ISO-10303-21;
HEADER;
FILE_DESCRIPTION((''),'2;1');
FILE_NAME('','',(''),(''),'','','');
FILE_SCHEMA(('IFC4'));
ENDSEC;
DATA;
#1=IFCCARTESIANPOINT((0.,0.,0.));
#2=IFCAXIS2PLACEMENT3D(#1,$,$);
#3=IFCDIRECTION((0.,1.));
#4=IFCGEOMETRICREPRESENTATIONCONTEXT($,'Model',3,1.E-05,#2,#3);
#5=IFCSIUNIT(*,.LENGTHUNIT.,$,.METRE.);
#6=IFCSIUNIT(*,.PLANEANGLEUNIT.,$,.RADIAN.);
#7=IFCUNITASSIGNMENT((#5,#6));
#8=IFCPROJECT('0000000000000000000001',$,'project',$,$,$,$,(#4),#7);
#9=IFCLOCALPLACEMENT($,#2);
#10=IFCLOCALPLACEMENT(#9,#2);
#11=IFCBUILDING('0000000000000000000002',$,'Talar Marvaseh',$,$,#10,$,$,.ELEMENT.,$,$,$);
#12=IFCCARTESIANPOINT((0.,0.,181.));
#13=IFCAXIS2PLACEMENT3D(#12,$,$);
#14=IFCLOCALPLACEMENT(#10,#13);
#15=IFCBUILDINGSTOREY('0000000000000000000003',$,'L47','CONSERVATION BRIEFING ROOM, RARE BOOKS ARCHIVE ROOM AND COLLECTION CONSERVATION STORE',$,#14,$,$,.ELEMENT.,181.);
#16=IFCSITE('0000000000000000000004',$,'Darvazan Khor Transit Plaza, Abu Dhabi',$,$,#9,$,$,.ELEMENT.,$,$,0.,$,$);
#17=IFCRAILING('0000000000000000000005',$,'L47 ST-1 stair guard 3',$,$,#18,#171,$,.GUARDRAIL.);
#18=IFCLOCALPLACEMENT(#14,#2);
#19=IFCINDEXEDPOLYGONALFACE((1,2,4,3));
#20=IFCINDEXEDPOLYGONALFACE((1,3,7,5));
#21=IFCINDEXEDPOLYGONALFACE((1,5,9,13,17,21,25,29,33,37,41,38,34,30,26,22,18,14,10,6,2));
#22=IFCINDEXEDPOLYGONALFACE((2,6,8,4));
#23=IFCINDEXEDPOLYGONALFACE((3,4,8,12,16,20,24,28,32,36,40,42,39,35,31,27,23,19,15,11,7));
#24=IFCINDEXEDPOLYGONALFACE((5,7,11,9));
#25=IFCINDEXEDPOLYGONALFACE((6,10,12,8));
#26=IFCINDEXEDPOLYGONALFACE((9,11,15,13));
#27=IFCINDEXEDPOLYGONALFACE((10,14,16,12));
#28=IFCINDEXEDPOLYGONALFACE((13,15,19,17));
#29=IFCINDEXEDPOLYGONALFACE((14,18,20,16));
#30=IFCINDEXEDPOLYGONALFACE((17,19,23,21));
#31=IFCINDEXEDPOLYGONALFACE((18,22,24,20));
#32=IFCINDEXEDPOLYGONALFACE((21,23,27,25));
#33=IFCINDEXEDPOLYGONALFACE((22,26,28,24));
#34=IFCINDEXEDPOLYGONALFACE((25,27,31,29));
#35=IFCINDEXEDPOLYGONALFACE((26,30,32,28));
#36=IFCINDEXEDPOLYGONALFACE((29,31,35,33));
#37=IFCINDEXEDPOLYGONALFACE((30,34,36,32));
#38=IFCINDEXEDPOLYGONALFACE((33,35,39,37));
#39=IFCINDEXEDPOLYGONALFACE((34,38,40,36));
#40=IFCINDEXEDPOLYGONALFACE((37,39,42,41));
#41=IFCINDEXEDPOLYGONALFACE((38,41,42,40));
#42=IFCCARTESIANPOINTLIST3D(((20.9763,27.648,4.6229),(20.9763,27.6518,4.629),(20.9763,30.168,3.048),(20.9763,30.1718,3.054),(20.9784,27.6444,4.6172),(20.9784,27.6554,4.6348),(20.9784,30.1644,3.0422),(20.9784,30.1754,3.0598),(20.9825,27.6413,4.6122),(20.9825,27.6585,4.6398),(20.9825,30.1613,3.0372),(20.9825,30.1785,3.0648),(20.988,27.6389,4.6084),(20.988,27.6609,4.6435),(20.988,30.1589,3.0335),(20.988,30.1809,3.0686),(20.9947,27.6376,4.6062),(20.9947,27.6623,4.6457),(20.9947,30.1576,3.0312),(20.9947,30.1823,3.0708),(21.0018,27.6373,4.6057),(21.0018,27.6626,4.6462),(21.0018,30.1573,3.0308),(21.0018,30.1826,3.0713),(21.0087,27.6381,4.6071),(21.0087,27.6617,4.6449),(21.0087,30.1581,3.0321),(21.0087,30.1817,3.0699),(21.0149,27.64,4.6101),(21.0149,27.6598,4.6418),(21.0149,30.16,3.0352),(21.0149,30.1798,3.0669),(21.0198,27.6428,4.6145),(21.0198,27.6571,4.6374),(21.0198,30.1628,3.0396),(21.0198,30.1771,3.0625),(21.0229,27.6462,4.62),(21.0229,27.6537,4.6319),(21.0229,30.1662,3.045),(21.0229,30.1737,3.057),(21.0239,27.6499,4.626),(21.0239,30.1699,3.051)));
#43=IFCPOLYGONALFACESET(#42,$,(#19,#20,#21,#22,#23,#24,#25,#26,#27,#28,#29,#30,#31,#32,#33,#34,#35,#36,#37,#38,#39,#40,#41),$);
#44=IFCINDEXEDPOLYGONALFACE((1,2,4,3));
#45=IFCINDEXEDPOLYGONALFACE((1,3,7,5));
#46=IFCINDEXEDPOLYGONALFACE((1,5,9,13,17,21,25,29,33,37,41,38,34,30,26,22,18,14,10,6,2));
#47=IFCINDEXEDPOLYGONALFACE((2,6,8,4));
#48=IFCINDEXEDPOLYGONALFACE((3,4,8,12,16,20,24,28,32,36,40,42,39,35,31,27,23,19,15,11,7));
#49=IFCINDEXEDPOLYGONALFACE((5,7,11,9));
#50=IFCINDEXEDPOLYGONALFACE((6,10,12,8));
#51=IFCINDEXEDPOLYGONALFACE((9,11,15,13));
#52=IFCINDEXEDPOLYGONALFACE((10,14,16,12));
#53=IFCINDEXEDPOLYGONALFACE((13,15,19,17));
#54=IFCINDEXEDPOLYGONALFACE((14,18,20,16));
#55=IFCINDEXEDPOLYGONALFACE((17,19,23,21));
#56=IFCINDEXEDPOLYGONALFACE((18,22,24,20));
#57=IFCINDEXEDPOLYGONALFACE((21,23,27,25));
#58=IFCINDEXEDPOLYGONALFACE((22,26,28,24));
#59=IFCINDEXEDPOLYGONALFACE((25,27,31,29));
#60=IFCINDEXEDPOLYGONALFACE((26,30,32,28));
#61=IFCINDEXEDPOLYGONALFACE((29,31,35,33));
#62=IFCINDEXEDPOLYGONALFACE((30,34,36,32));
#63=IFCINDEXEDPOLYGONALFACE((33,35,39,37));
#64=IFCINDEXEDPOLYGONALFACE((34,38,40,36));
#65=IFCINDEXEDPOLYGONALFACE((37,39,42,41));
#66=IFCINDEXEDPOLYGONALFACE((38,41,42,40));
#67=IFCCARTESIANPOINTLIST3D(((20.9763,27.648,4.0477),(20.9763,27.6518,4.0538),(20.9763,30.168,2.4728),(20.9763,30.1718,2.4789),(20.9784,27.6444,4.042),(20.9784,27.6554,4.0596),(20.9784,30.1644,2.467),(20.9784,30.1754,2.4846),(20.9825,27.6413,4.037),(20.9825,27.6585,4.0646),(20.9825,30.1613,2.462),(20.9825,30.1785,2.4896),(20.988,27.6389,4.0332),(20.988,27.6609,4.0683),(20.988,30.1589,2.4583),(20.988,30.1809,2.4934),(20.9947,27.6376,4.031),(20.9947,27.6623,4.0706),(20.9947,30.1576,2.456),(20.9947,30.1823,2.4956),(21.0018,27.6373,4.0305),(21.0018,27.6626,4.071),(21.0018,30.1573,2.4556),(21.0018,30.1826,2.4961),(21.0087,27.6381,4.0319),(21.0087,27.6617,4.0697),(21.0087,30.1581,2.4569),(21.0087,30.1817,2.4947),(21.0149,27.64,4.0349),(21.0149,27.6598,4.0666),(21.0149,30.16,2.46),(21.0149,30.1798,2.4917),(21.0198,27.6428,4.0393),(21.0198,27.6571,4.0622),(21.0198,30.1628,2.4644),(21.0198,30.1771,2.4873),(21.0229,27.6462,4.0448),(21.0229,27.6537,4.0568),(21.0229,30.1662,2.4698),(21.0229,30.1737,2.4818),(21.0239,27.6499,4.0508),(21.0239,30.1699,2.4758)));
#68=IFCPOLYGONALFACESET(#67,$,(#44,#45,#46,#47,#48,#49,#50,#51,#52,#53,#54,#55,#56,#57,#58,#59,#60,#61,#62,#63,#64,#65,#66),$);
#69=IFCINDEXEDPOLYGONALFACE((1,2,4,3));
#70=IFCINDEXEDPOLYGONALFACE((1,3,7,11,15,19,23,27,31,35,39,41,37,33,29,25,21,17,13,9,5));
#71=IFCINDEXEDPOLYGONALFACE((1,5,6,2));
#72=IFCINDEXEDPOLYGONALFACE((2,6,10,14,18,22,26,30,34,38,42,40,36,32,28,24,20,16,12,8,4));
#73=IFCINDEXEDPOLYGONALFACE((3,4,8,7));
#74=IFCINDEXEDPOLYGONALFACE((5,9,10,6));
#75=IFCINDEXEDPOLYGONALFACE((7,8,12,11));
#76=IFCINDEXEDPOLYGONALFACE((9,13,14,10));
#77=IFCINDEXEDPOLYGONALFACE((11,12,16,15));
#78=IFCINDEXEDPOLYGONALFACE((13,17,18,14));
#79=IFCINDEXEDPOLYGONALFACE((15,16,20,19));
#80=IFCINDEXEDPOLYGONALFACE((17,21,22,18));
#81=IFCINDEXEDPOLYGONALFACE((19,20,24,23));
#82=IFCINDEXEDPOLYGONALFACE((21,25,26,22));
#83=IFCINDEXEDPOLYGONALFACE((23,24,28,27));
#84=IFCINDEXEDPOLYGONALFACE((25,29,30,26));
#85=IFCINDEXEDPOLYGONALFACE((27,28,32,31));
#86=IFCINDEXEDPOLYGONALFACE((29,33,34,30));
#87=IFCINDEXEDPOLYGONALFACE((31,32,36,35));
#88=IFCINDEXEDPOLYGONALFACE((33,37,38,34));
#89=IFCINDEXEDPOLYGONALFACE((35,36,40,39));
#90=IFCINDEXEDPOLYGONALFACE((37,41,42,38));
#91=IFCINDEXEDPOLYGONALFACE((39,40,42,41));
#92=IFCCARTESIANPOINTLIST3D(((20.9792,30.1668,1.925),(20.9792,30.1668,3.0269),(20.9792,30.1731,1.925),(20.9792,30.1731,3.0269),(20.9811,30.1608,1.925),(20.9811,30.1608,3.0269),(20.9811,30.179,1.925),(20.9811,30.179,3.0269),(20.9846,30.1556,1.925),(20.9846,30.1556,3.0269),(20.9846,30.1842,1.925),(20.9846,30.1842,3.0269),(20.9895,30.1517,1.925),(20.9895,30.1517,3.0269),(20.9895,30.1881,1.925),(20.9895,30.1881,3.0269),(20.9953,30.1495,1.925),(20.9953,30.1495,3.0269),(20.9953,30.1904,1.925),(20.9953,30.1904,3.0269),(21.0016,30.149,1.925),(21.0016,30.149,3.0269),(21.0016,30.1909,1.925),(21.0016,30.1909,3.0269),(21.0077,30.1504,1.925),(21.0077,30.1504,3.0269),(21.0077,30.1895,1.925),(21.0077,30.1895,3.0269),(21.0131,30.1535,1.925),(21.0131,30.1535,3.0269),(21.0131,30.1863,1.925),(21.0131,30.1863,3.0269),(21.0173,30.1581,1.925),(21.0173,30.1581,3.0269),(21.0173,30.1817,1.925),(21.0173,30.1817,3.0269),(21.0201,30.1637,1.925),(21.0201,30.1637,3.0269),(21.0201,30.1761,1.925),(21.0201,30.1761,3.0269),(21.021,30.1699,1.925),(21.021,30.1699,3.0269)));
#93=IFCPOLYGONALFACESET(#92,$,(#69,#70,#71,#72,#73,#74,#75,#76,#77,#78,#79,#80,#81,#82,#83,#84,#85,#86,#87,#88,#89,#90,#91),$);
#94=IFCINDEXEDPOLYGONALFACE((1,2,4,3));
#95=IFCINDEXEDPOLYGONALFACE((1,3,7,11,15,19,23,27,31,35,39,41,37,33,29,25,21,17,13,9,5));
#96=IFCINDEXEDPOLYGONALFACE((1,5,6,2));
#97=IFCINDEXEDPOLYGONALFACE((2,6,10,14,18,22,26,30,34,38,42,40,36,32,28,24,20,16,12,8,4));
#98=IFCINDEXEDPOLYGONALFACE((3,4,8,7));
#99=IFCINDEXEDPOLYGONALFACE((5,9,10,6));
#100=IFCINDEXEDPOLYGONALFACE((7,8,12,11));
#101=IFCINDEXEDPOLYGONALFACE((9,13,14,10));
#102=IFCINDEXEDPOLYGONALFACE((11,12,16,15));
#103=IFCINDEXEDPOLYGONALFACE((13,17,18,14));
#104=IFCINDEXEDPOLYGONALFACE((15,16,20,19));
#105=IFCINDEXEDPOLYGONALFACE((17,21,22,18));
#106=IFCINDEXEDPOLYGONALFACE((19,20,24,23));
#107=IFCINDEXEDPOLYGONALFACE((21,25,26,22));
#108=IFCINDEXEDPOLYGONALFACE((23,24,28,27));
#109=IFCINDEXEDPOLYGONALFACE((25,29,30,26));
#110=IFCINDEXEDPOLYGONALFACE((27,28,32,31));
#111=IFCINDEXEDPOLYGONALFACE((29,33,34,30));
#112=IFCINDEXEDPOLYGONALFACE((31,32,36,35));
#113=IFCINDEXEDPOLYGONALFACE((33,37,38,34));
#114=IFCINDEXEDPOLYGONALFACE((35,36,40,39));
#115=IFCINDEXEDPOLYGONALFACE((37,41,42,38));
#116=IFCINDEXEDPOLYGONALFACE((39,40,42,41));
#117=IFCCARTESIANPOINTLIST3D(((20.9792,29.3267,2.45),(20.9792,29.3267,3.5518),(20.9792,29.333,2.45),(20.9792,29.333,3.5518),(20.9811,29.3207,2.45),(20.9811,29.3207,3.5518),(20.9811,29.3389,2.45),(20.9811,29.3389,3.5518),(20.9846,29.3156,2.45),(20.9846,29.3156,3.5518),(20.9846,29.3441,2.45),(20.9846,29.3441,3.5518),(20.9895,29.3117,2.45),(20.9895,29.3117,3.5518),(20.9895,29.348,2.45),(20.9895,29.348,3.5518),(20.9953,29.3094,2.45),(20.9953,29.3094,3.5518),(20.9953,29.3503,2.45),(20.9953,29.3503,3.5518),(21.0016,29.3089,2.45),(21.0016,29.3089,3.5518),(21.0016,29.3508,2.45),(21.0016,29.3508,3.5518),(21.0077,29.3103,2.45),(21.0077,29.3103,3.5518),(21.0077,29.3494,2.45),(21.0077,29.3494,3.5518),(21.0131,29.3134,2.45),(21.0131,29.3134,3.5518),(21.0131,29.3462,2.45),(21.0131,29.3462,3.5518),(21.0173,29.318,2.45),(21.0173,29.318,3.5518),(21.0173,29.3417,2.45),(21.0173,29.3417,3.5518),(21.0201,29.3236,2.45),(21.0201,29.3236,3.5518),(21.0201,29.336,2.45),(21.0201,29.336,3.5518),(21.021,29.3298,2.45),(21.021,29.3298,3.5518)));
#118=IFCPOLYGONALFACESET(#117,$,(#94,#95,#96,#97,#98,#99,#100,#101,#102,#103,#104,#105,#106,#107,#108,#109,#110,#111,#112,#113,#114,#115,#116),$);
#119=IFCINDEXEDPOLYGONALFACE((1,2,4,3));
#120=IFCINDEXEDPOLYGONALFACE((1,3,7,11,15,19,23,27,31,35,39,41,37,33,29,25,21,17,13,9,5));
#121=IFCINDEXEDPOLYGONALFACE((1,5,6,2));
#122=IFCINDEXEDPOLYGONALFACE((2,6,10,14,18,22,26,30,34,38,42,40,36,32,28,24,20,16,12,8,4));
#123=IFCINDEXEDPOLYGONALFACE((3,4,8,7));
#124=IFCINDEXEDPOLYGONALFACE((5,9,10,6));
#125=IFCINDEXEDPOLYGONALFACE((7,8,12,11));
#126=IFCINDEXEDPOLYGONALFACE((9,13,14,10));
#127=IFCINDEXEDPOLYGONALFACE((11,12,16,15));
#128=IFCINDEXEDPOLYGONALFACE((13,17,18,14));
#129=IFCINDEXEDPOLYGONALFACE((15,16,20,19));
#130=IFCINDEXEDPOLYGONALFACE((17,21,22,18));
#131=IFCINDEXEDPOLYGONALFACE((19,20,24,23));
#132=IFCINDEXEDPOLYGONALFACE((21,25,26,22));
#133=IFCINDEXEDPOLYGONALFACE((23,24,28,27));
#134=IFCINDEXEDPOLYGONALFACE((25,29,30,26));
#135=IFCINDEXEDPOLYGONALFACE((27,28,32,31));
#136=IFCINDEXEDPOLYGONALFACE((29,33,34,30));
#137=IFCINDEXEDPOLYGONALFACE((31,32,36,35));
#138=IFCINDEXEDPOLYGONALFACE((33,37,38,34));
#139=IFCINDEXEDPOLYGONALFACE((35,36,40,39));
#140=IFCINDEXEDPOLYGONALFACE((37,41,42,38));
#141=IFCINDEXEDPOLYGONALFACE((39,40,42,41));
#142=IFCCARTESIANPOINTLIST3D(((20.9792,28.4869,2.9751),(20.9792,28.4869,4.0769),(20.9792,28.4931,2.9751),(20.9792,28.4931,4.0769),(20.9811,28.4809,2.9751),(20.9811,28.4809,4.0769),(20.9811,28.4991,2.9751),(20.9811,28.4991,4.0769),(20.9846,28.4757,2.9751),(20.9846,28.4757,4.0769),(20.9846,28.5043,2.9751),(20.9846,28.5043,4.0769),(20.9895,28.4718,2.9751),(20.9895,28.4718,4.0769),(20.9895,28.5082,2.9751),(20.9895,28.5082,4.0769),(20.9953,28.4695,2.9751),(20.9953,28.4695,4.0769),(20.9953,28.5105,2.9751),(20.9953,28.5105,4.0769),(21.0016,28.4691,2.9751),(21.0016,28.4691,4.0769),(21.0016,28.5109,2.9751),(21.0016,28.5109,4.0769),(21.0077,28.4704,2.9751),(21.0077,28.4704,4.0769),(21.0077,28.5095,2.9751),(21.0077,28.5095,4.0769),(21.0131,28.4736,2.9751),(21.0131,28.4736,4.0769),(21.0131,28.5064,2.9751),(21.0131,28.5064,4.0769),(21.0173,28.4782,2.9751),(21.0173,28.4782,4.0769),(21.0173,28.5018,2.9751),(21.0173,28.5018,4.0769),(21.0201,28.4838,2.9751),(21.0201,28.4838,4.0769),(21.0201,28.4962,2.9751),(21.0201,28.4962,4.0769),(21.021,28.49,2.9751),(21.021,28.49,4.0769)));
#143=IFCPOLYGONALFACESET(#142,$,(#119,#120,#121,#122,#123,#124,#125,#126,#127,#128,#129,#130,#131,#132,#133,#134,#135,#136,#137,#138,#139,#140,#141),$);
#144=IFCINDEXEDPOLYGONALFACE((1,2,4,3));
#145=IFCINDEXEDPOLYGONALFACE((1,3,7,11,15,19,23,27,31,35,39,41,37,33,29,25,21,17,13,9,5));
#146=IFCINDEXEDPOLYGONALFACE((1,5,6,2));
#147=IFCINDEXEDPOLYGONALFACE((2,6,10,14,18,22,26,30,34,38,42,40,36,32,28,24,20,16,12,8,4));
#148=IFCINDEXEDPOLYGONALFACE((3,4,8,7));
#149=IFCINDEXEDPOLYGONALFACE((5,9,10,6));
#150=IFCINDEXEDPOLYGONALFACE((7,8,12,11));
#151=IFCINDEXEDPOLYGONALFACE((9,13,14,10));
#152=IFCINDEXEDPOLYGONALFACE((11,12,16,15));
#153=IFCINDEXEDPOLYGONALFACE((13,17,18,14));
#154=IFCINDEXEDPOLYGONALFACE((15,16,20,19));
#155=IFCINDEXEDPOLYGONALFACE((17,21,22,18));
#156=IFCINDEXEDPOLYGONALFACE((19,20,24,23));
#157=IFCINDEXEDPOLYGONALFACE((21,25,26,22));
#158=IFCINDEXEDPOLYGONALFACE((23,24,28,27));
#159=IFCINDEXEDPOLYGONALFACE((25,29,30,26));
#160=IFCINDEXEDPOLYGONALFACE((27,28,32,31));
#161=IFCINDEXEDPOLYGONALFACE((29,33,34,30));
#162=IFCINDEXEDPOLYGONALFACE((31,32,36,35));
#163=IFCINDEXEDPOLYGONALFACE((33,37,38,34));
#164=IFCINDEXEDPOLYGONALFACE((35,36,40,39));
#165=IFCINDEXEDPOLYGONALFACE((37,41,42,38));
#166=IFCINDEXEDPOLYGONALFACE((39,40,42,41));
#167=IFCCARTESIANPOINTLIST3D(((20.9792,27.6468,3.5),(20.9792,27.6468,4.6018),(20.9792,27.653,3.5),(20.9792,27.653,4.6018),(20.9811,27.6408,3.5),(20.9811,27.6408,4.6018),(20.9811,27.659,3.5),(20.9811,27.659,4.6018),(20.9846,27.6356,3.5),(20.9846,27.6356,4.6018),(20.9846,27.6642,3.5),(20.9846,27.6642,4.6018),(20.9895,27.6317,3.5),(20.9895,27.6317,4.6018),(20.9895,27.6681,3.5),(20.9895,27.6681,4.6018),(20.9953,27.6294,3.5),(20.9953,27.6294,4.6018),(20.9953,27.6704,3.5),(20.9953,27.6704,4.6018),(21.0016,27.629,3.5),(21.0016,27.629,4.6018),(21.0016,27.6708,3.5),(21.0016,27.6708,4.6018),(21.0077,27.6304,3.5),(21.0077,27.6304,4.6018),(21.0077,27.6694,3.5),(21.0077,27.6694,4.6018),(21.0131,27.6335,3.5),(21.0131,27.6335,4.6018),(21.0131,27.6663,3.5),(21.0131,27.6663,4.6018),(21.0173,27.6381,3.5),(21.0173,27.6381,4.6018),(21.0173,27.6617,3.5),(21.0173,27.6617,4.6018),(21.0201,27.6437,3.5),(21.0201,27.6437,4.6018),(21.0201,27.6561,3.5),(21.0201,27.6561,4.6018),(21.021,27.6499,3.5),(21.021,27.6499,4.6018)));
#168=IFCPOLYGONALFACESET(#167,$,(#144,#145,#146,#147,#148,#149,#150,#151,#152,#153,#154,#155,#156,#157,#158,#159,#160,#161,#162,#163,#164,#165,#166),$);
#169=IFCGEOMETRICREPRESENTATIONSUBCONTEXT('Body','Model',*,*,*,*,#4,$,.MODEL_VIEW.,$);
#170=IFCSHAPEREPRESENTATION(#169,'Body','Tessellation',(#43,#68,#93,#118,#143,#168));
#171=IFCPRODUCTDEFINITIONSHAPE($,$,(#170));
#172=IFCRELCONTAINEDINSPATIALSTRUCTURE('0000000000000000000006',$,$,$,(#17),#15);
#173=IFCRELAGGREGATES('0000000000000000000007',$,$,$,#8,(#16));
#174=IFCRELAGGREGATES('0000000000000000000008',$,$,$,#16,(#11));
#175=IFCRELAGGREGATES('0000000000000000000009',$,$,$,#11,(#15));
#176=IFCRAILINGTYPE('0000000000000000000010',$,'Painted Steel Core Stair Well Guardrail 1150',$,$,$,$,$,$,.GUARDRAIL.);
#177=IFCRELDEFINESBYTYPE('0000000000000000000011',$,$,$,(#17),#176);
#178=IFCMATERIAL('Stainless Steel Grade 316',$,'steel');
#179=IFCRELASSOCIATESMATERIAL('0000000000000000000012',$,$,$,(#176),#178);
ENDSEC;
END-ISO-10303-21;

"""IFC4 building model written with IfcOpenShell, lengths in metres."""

from ifc_helpers import new_model, si_unit, direction, frame, origin, origin_2d, place, context, subcontext, project, spatial, circle, extrude, material, type_object, element, save


model = new_model("IFC4")

# Units and contexts
model_context = context("Model", 3, precision=1e-05, world=origin(), true_north=direction((0.0, 1.0)))
body_context = subcontext(model_context, "Body", "Model", "MODEL_VIEW")
ifc_project = project(units=[si_unit("LENGTHUNIT", "METRE"), si_unit("PLANEANGLEUNIT", "RADIAN")], contexts=[model_context])

# Site, building, storey
site_placement = place(None, origin())
site = spatial("IfcSite", under=ifc_project, at=site_placement, Name="Darvazan Khor Transit Plaza, Abu Dhabi", CompositionType="ELEMENT", RefElevation=0.0)
building_placement = place(site_placement, origin())
building = spatial("IfcBuilding", under=site, at=building_placement, Name="Talar Marvaseh", CompositionType="ELEMENT")
storey_placement = place(building_placement, frame((0.0, 0.0, 181.0)))
storey = spatial("IfcBuildingStorey", under=building, at=storey_placement, Name="L47", Description="CONSERVATION BRIEFING ROOM, RARE BOOKS ARCHIVE ROOM AND COLLECTION CONSERVATION STORE", CompositionType="ELEMENT", Elevation=181.0)

# Railing
ifc_material_1 = material(Name="Stainless Steel Grade 316", Category="steel")
railing_type_1 = type_object("IfcRailingType", Name="Painted Steel Core Stair Well Guardrail 1150", PredefinedType="GUARDRAIL", material=ifc_material_1)
railing_1_placement = place(storey_placement, frame((21.0, 30.1699, 1.925)))
element("IfcRailing", 1, at=railing_1_placement, inside=storey, type_object=railing_type_1, Name="L47 ST-1 stair guard 3", PredefinedType="GUARDRAIL", context=body_context, shape_type="SweptSolid", body=[
    extrude(circle(Radius=0.0239, at=origin_2d()), frame((0.0, 0.0, 1.126), z_axis=(0.0, -0.848008, 0.529984), x_axis=(1.0, 0.0, 0.0)), (0.0, 0.0, 1.0), 2.9717),
    extrude(circle(Radius=0.0239, at=origin_2d()), frame((0.0, 0.0, 0.5508), z_axis=(0.0, -0.848008, 0.529984), x_axis=(1.0, 0.0, 0.0)), (0.0, 0.0, 1.0), 2.9717),
    extrude(circle(Radius=0.021, at=origin_2d()), origin(), (0.0, 0.0, 1.0), 1.1018),
    extrude(circle(Radius=0.021, at=origin_2d()), frame((0.0, -0.8401, 0.5249)), (0.0, 0.0, 1.0), 1.1018),
    extrude(circle(Radius=0.021, at=origin_2d()), frame((0.0, -1.6799, 1.05)), (0.0, 0.0, 1.0), 1.1018),
    extrude(circle(Radius=0.021, at=origin_2d()), frame((0.0, -2.52, 1.575)), (0.0, 0.0, 1.0), 1.1018),
])

save(model, "model.ifc")
